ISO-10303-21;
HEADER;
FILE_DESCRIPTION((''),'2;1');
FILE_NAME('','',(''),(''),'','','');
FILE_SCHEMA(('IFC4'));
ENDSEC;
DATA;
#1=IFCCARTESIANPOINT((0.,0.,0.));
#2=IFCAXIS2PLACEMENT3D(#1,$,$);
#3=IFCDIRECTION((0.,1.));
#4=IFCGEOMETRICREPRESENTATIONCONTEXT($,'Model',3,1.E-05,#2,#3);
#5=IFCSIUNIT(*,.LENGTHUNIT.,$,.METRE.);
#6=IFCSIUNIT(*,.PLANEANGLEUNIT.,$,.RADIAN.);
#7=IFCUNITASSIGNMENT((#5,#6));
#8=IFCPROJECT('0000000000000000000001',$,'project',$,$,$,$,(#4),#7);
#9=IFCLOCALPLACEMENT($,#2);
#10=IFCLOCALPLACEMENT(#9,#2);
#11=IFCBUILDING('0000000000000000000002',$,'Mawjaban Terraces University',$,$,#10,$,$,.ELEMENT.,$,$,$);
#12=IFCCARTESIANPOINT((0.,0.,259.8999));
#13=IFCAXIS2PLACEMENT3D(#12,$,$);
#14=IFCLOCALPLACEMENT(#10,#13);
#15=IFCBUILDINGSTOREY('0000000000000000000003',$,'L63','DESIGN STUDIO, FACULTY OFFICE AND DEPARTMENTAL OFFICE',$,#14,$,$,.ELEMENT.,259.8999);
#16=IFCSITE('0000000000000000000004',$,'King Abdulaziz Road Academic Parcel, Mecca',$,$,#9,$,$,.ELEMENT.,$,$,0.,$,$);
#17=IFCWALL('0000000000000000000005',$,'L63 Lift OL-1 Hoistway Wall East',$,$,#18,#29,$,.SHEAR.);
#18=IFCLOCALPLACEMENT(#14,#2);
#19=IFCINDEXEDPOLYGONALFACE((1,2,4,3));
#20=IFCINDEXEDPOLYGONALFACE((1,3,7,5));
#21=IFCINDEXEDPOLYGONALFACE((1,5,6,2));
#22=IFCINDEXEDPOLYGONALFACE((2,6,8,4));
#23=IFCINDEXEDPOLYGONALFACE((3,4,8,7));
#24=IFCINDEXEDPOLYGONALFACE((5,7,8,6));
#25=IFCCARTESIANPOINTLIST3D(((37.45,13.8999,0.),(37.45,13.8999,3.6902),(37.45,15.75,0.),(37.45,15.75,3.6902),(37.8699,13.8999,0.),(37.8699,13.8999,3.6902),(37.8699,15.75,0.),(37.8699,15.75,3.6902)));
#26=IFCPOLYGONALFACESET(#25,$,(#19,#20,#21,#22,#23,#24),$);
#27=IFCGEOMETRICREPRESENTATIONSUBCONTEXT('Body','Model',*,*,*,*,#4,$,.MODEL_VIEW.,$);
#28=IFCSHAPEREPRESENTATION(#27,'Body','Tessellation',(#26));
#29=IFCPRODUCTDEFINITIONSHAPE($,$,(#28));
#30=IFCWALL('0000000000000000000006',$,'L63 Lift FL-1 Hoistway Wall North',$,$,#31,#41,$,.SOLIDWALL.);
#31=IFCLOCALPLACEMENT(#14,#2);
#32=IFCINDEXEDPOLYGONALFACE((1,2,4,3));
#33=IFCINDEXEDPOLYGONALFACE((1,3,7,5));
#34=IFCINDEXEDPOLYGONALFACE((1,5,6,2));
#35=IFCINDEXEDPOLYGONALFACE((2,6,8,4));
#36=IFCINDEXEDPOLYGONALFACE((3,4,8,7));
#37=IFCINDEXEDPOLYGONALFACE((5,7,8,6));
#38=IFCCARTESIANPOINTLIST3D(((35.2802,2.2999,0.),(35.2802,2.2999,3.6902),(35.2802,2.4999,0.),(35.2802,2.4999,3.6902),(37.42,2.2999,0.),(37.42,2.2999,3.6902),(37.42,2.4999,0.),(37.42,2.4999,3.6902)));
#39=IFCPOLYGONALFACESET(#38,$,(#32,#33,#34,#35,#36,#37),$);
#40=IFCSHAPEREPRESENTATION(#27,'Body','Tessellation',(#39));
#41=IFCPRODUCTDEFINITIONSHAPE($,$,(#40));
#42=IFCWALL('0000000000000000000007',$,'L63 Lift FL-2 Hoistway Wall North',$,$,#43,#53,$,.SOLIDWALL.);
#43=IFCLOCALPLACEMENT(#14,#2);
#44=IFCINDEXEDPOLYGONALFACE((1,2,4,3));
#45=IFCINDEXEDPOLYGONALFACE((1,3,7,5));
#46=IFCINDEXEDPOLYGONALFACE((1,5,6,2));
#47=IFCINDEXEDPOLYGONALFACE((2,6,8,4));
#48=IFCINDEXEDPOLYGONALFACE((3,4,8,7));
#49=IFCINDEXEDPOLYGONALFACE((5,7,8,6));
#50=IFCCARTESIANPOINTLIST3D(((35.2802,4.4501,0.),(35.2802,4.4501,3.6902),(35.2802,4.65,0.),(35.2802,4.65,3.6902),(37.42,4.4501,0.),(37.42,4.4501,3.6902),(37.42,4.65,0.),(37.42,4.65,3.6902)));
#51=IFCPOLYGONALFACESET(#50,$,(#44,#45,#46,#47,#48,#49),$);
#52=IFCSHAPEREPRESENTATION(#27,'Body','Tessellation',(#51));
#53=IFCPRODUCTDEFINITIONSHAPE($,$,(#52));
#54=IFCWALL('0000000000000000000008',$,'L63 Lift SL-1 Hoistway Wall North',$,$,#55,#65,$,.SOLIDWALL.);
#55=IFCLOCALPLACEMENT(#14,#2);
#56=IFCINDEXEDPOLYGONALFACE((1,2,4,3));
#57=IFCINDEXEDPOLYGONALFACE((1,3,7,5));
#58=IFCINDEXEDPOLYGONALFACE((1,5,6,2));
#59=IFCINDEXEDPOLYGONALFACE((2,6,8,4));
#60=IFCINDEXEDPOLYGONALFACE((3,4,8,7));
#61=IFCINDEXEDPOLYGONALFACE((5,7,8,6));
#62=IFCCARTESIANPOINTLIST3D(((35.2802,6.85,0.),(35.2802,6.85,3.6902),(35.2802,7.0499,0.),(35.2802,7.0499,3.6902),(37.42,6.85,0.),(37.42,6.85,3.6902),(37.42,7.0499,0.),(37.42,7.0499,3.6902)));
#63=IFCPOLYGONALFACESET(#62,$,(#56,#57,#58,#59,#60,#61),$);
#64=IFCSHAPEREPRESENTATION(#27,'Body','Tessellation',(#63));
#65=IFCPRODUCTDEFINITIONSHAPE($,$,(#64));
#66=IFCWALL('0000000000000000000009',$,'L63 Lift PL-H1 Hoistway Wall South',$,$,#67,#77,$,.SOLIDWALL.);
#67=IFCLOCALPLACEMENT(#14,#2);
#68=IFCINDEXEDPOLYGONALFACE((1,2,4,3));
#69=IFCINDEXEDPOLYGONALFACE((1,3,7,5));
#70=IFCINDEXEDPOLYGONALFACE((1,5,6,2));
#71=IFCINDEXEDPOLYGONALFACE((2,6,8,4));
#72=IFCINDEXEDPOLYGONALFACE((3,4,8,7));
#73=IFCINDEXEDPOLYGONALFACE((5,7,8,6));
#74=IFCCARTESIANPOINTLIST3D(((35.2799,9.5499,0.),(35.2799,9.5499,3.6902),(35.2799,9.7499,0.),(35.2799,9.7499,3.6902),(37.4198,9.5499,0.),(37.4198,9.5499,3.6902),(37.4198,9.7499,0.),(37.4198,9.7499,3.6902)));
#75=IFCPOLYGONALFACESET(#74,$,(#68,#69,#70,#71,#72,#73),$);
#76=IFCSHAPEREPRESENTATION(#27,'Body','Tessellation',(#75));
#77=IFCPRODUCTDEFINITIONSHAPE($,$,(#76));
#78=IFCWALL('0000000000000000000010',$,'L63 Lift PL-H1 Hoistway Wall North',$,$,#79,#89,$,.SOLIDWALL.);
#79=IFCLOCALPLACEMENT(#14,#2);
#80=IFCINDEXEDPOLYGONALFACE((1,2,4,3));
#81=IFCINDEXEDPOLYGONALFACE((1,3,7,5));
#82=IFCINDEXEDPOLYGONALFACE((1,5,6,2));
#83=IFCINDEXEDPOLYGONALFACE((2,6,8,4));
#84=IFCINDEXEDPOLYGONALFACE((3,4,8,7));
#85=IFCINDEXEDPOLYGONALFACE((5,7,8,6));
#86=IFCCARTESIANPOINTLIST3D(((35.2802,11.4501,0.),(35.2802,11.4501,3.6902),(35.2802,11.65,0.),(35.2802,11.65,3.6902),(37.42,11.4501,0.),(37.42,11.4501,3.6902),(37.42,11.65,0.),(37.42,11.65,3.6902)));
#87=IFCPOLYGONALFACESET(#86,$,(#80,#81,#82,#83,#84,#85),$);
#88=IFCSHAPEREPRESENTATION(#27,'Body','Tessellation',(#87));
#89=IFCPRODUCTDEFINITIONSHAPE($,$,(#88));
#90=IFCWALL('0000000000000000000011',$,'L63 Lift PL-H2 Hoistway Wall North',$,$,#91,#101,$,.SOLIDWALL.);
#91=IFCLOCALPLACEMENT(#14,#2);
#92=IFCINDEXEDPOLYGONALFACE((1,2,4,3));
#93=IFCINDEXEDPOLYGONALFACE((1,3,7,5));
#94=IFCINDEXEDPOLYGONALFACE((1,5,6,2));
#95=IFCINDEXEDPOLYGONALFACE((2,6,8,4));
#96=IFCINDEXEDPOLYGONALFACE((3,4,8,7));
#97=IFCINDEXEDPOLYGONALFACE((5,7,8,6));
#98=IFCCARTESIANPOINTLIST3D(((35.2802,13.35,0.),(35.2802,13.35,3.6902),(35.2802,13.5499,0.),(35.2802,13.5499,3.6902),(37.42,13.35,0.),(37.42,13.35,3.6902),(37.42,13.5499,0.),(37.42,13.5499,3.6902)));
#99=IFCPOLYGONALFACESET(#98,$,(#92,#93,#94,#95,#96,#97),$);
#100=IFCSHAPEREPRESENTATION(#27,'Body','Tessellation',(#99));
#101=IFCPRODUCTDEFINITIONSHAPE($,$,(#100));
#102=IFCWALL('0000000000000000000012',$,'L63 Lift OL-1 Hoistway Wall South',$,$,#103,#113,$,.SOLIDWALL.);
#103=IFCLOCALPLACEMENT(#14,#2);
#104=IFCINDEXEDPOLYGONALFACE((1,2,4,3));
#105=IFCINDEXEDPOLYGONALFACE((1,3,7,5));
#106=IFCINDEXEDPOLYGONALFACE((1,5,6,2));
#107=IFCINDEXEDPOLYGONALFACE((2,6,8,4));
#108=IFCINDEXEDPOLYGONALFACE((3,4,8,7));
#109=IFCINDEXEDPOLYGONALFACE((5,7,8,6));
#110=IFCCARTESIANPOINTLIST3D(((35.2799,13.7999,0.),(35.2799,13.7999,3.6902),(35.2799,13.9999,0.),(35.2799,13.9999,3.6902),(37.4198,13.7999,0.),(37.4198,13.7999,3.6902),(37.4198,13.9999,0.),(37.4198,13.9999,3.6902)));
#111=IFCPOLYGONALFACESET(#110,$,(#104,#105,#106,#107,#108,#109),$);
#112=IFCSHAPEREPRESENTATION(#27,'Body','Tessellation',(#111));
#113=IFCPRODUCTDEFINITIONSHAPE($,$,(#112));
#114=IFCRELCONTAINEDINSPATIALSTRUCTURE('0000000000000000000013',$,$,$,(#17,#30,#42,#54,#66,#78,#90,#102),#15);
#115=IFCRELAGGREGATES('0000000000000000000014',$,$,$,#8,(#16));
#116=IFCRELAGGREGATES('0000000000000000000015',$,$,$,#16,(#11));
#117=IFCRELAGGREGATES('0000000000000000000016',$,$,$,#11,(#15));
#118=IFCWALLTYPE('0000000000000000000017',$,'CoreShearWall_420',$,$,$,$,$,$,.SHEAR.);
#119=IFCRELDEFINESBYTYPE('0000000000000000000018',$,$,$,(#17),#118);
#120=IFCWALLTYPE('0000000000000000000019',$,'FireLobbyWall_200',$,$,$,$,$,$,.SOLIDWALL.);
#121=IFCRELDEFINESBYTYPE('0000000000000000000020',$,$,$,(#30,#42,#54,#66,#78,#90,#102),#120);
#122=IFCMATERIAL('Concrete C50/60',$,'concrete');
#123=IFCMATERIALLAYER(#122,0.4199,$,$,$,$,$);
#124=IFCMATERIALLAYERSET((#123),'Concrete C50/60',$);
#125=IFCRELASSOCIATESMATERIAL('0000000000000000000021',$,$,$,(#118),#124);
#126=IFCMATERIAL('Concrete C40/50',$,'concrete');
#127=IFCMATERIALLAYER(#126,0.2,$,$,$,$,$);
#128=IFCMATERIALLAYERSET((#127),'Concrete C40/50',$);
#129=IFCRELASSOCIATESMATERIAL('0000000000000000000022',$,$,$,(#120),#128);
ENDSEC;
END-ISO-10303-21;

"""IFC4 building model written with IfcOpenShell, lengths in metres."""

from ifc_helpers import new_model, si_unit, direction, frame, frame_2d, origin, place, context, subcontext, project, spatial, rectangle, extrude, material, layer, layer_set, type_object, element, save


model = new_model("IFC4")

# Units and contexts
model_context = context("Model", 3, precision=1e-05, world=origin(), true_north=direction((0.0, 1.0)))
body_context = subcontext(model_context, "Body", "Model", "MODEL_VIEW")
ifc_project = project(units=[si_unit("LENGTHUNIT", "METRE"), si_unit("PLANEANGLEUNIT", "RADIAN")], contexts=[model_context])

# Site, building, storey
site_placement = place(None, origin())
site = spatial("IfcSite", under=ifc_project, at=site_placement, Name="King Abdulaziz Road Academic Parcel, Mecca", CompositionType="ELEMENT", RefElevation=0.0)
building_placement = place(site_placement, origin())
building = spatial("IfcBuilding", under=site, at=building_placement, Name="Mawjaban Terraces University", CompositionType="ELEMENT")
storey_placement = place(building_placement, frame((0.0, 0.0, 259.8999)))
storey = spatial("IfcBuildingStorey", under=building, at=storey_placement, Name="L63", Description="DESIGN STUDIO, FACULTY OFFICE AND DEPARTMENTAL OFFICE", CompositionType="ELEMENT", Elevation=259.8999)

# Shared definitions
ifc_material_1 = material(Name="Concrete C50/60", Category="concrete")

# Walls
ifc_layer_1 = layer(ifc_material_1, 0.4199)
ifc_layer_set_1 = layer_set([ifc_layer_1], Name="Concrete C50/60")
wall_type_1 = type_object("IfcWallType", Name="CoreShearWall_420", PredefinedType="SHEAR", material=ifc_layer_set_1)
wall_1_placement = place(storey_placement, frame((37.6599, 13.8999, 0.0), z_axis=(0.0, 0.0, 1.0), x_axis=(0.0, 1.0, 0.0)))
element("IfcWall", 1, at=wall_1_placement, inside=storey, type_object=wall_type_1, Name="L63 Lift OL-1 Hoistway Wall East", PredefinedType="SHEAR", context=body_context, shape_type="SweptSolid", body=[
    extrude(rectangle(XDim=1.8501, YDim=0.4199, at=frame_2d((0.925, 0.0))), origin(), (0.0, 0.0, 1.0), 3.6902),
])
ifc_material_2 = material(Name="Concrete C40/50", Category="concrete")
ifc_layer_2 = layer(ifc_material_2, 0.2)
ifc_layer_set_2 = layer_set([ifc_layer_2], Name="Concrete C40/50")
wall_type_2 = type_object("IfcWallType", Name="FireLobbyWall_200", PredefinedType="SOLIDWALL", material=ifc_layer_set_2)
for number, where, z_axis, x_axis, name in (
    (2, (37.4199, 2.3999, 0.0), (0.0, 0.0, 1.0), (-1.0, 0.0, 0.0), "L63 Lift FL-1 Hoistway Wall North"),
    (3, (37.4199, 4.55, 0.0), (0.0, 0.0, 1.0), (-1.0, 0.0, 0.0), "L63 Lift FL-2 Hoistway Wall North"),
    (4, (37.4199, 6.95, 0.0), (0.0, 0.0, 1.0), (-1.0, 0.0, 0.0), "L63 Lift SL-1 Hoistway Wall North"),
    (5, (35.28, 9.6499, 0.0), (0.0, 0.0, 1.0), (1.0, 0.0, 0.0), "L63 Lift PL-H1 Hoistway Wall South"),
    (6, (37.4199, 11.55, 0.0), (0.0, 0.0, 1.0), (-1.0, 0.0, 0.0), "L63 Lift PL-H1 Hoistway Wall North"),
    (7, (37.4199, 13.45, 0.0), (0.0, 0.0, 1.0), (-1.0, 0.0, 0.0), "L63 Lift PL-H2 Hoistway Wall North"),
    (8, (35.28, 13.8999, 0.0), (0.0, 0.0, 1.0), (1.0, 0.0, 0.0), "L63 Lift OL-1 Hoistway Wall South"),
):
    element("IfcWall", number, at=place(storey_placement, frame(where, z_axis=z_axis, x_axis=x_axis)), inside=storey, type_object=wall_type_2, Name=name, PredefinedType="SOLIDWALL", context=body_context, shape_type="SweptSolid", body=[
        extrude(rectangle(XDim=2.1399, YDim=0.2, at=frame_2d((1.0698, 0.0))), origin(), (0.0, 0.0, 1.0), 3.6902),
    ])

save(model, "model.ifc")
